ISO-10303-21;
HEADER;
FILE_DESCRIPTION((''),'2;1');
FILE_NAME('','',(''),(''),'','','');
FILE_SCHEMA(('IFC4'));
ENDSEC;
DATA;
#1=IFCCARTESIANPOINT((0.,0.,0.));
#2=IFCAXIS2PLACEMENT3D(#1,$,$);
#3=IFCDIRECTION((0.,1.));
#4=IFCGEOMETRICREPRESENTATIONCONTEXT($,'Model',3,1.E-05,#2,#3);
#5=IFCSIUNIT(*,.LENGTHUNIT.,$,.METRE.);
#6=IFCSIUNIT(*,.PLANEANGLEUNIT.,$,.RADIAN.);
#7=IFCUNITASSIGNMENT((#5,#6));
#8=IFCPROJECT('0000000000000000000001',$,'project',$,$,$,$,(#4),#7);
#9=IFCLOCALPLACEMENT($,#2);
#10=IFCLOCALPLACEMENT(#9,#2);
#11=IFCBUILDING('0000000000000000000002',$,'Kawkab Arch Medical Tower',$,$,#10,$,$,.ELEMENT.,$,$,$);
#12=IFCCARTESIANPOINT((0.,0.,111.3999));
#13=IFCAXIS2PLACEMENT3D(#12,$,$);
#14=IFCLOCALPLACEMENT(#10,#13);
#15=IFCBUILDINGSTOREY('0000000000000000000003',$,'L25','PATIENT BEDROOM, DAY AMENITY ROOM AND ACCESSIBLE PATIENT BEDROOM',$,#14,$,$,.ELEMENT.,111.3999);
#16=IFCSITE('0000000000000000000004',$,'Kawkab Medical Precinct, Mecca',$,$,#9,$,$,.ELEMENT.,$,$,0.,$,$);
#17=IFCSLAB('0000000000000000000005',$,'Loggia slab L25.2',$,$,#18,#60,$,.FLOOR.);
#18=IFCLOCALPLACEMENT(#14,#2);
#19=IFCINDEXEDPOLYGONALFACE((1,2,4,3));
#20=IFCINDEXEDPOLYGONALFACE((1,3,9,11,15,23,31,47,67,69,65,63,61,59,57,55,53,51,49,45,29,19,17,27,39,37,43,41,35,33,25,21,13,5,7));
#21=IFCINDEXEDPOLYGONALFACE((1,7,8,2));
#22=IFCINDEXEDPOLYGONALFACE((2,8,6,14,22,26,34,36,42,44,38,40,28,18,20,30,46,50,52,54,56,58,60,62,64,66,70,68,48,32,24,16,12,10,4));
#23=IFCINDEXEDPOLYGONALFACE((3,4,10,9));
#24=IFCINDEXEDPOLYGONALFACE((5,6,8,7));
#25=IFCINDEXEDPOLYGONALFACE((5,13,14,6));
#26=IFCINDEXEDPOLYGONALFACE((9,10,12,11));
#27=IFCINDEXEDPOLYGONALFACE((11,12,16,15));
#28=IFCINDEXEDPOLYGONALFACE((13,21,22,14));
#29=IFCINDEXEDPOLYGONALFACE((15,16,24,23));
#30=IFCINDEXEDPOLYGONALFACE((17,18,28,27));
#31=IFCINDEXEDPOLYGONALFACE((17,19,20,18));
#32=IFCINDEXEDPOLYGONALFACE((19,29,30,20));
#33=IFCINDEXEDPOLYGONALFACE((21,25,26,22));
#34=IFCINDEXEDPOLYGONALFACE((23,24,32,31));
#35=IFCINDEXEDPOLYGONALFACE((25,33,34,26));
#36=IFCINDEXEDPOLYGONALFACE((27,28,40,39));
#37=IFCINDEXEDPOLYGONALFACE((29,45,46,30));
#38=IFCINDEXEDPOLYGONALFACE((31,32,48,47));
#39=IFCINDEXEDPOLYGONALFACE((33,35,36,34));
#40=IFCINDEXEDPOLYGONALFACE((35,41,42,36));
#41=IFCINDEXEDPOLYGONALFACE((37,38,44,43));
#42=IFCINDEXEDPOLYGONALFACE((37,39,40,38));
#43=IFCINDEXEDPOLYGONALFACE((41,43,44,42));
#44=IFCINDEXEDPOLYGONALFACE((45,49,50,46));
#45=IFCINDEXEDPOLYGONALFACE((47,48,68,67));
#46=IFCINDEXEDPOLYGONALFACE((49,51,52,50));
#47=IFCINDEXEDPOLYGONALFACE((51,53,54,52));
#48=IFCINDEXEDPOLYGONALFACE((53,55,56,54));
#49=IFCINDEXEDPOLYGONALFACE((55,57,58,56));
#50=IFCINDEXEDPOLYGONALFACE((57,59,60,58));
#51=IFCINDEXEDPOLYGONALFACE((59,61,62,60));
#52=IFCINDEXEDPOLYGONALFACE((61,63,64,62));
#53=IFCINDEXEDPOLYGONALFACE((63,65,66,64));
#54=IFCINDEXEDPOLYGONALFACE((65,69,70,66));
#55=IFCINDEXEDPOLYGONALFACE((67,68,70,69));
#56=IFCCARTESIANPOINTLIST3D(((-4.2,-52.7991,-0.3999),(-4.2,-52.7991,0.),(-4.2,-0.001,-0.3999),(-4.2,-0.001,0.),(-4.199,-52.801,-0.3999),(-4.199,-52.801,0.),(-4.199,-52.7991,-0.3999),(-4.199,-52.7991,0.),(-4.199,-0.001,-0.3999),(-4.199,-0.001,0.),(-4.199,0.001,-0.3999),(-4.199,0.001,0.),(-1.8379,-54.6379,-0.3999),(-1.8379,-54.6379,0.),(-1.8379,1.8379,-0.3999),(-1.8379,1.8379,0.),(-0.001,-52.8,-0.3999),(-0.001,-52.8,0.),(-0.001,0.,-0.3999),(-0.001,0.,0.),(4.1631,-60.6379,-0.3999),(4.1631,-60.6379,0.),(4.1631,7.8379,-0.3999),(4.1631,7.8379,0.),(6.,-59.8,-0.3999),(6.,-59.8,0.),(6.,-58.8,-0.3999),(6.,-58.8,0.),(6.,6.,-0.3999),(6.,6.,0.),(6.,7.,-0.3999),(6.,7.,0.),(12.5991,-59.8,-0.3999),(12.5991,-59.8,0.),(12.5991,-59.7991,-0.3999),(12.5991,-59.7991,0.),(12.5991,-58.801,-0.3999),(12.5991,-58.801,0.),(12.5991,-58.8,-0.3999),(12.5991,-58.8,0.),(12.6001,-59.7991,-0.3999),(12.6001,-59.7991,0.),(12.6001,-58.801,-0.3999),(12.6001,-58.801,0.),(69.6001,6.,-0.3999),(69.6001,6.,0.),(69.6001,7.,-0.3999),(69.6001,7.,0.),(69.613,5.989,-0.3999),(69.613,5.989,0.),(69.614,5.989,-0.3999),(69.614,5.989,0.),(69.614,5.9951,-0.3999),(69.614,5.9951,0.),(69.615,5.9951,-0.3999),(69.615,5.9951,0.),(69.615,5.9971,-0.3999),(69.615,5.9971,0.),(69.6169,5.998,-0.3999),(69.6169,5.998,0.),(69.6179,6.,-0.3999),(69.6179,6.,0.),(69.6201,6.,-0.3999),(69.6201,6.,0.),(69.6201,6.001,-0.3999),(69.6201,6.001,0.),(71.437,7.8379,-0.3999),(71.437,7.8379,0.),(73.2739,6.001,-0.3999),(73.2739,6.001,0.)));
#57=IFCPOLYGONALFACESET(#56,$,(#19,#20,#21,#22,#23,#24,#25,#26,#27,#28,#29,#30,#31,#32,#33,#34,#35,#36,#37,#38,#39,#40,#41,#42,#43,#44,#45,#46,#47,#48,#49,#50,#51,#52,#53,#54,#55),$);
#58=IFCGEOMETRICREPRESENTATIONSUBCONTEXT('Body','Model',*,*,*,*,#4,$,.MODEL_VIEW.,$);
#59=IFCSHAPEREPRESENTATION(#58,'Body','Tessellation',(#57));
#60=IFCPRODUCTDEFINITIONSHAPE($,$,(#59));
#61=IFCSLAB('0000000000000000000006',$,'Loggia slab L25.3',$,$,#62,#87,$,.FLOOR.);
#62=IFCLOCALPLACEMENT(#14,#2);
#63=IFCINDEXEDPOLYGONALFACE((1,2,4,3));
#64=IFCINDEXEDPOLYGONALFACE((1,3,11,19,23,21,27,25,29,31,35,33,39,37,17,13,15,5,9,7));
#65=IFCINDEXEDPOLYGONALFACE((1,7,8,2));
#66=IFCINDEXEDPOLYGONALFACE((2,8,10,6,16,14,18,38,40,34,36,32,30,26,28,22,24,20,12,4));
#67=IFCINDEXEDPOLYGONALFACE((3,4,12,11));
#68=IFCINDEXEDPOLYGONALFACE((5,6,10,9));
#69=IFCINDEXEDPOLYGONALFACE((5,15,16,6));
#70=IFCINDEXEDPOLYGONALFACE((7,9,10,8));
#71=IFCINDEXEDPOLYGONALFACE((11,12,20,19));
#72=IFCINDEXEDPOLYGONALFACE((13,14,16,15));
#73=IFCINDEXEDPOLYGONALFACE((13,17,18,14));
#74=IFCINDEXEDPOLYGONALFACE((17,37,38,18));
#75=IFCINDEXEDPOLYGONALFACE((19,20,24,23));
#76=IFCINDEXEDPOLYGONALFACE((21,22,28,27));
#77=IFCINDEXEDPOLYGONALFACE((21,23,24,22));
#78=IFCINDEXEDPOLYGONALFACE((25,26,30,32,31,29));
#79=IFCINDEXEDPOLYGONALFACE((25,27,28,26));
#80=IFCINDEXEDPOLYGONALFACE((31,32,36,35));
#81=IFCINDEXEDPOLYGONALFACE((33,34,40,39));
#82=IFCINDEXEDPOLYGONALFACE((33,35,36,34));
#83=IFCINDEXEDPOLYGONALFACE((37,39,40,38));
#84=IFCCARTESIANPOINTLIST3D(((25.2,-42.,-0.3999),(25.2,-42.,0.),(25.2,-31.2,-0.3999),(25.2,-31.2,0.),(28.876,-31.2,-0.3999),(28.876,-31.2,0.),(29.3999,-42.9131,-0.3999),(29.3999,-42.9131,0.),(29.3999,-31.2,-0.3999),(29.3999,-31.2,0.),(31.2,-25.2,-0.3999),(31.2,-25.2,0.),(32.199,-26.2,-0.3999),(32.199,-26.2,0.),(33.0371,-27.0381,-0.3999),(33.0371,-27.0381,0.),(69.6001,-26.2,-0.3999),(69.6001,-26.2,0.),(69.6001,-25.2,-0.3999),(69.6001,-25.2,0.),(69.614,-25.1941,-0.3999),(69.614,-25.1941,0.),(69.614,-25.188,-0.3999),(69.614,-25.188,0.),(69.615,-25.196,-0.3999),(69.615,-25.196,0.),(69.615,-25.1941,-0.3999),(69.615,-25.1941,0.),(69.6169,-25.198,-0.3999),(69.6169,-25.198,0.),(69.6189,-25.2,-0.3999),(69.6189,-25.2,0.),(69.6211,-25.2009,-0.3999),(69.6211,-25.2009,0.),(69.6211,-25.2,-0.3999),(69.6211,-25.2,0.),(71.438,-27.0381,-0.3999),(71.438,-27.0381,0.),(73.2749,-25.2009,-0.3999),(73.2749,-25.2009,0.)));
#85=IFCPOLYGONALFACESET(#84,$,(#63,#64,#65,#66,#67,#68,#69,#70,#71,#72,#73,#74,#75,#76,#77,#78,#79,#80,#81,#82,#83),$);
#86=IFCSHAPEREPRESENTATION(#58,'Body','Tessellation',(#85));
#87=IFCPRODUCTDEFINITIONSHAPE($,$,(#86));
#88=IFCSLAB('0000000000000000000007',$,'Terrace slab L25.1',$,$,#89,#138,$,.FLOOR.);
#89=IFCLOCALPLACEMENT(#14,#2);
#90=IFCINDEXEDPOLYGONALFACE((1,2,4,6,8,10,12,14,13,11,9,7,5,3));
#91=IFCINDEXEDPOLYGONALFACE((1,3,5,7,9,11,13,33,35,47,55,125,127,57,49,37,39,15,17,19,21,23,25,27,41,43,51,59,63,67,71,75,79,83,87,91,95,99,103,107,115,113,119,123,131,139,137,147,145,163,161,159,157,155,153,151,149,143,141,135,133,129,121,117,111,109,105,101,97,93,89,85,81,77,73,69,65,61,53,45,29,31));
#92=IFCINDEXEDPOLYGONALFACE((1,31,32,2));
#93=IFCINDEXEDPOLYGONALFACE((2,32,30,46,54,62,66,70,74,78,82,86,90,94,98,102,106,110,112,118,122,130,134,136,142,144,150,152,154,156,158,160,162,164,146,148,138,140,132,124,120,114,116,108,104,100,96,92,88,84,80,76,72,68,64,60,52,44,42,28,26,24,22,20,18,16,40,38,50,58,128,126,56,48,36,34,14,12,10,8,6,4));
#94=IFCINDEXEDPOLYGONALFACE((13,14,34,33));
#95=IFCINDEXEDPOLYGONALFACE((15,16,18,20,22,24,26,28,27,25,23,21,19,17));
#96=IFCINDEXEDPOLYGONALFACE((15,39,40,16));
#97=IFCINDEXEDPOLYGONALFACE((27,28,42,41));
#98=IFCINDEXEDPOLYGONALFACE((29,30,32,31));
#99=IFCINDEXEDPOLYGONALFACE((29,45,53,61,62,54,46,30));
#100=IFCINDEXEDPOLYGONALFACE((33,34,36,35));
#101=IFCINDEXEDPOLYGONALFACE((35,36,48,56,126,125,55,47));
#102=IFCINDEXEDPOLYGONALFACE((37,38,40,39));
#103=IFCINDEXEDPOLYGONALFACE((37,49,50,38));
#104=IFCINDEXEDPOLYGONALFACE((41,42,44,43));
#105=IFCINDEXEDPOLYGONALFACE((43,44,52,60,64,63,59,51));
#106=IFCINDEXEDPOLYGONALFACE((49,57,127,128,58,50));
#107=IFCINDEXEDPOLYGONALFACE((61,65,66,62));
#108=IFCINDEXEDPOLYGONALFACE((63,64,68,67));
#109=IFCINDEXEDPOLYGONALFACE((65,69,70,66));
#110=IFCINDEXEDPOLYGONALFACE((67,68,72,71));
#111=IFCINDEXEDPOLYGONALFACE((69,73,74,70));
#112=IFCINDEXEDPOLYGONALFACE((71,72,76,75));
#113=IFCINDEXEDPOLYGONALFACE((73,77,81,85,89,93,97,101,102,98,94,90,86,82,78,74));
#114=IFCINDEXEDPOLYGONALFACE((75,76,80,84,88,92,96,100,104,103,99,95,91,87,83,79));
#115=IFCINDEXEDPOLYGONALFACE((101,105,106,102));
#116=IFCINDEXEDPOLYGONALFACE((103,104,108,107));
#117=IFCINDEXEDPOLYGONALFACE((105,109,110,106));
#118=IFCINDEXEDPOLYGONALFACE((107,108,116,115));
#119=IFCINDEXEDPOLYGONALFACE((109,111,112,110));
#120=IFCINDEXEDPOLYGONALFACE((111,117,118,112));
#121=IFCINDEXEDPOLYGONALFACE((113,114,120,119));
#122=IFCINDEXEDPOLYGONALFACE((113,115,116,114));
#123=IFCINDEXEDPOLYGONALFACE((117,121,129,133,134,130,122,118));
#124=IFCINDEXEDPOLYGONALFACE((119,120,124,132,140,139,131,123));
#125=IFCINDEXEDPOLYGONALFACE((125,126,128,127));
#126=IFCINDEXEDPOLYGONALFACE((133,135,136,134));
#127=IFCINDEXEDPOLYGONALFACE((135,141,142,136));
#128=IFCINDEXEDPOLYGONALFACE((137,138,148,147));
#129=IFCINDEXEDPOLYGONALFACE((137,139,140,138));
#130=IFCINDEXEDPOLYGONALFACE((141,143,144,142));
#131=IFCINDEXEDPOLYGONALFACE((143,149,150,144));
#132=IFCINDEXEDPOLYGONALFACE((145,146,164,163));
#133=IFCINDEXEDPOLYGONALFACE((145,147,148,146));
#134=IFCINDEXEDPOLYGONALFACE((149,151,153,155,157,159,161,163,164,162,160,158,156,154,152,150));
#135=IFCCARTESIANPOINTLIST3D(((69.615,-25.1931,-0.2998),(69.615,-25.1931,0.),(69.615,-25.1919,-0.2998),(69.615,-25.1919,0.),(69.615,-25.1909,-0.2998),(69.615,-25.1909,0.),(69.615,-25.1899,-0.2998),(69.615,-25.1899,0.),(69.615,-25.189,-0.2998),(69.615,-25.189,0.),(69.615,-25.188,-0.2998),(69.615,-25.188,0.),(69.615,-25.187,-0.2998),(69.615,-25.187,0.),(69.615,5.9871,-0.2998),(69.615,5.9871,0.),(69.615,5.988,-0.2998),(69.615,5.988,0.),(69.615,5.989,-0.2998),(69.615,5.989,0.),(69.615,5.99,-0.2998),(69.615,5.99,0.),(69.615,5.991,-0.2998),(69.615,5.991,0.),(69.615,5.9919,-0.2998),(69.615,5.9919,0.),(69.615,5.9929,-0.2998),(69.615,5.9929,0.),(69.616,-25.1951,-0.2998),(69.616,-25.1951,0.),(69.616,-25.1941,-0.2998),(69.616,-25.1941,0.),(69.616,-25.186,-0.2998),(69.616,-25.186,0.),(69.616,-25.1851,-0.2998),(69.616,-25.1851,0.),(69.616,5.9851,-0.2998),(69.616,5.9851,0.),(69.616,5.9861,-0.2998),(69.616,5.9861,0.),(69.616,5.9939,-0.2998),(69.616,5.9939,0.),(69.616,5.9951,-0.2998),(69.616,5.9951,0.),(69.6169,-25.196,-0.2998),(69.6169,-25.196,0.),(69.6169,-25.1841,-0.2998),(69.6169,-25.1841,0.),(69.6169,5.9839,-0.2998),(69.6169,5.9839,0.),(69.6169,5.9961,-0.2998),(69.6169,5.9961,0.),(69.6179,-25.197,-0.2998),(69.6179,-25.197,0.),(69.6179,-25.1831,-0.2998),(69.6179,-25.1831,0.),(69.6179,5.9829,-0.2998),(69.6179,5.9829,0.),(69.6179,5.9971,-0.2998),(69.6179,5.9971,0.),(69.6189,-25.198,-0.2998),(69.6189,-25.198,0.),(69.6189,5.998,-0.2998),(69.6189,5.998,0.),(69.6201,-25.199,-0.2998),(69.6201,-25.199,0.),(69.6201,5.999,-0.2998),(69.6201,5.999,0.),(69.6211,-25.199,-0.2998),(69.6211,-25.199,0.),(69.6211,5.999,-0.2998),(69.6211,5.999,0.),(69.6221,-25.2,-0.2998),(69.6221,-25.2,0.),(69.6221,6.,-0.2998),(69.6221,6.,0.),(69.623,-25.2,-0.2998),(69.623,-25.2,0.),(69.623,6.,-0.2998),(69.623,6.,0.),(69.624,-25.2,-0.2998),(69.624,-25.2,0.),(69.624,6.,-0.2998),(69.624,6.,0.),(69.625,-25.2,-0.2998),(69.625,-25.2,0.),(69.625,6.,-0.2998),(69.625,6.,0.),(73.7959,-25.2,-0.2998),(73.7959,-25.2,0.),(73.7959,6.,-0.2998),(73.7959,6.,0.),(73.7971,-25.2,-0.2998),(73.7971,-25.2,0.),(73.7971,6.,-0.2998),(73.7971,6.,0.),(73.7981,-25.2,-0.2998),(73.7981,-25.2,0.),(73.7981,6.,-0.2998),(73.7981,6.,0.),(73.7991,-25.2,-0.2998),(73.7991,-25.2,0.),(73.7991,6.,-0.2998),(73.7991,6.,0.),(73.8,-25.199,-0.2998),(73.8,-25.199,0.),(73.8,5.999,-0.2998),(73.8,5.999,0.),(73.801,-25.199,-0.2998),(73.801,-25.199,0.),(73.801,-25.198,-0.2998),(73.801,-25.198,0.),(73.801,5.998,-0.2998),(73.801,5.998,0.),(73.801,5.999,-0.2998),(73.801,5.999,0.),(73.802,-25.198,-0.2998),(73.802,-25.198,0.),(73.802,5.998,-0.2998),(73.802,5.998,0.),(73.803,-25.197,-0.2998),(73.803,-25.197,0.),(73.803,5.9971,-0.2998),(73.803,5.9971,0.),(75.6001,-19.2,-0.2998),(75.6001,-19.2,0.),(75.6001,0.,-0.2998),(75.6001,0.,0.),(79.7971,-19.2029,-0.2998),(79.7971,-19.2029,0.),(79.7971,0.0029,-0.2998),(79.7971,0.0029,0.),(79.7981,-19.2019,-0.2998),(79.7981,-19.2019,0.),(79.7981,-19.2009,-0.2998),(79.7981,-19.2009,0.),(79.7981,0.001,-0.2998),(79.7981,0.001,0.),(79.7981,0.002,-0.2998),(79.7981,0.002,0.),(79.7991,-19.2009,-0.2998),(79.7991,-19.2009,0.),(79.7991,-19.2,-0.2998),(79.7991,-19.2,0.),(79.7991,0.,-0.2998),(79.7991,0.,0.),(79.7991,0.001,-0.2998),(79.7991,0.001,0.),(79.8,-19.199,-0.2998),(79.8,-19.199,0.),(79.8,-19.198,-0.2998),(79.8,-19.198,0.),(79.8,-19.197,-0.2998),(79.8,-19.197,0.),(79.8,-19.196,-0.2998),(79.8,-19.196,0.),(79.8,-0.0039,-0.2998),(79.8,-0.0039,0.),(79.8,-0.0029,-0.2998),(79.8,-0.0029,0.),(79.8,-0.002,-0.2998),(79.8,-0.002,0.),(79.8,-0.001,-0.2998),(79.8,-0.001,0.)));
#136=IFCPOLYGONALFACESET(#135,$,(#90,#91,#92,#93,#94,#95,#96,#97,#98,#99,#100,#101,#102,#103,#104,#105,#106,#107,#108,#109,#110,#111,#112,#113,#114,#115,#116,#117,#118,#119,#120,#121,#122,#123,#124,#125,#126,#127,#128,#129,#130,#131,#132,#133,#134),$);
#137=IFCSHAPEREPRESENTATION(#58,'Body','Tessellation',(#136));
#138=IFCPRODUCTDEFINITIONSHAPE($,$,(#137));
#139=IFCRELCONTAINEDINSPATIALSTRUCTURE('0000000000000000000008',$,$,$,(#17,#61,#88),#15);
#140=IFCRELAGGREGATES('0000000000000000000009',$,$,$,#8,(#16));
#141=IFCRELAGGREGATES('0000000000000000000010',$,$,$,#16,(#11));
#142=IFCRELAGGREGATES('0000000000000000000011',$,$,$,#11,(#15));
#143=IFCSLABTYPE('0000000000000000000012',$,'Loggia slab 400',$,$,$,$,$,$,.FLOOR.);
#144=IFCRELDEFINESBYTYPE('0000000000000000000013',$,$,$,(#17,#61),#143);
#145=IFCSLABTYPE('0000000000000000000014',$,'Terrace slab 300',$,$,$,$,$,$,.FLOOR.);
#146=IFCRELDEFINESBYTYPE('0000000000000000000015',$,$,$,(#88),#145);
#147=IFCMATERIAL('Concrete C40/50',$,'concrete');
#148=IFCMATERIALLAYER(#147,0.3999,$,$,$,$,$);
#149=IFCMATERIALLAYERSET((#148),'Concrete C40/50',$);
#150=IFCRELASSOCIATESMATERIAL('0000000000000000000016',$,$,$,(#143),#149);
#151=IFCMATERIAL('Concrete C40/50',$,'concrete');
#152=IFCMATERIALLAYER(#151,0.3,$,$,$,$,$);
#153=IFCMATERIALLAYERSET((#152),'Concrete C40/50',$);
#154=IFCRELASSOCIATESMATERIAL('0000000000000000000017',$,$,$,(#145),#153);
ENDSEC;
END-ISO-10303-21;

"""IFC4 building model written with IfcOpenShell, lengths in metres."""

from ifc_helpers import new_model, si_unit, direction, frame, origin, place, context, subcontext, project, spatial, polyline, outline, extrude, material, layer, layer_set, type_object, element, save


model = new_model("IFC4")

# Units and contexts
model_context = context("Model", 3, precision=1e-05, world=origin(), true_north=direction((0.0, 1.0)))
body_context = subcontext(model_context, "Body", "Model", "MODEL_VIEW")
ifc_project = project(units=[si_unit("LENGTHUNIT", "METRE"), si_unit("PLANEANGLEUNIT", "RADIAN")], contexts=[model_context])

# Site, building, storey
site_placement = place(None, origin())
site = spatial("IfcSite", under=ifc_project, at=site_placement, Name="Kawkab Medical Precinct, Mecca", CompositionType="ELEMENT", RefElevation=0.0)
building_placement = place(site_placement, origin())
building = spatial("IfcBuilding", under=site, at=building_placement, Name="Kawkab Arch Medical Tower", CompositionType="ELEMENT")
storey_placement = place(building_placement, frame((0.0, 0.0, 111.3999)))
storey = spatial("IfcBuildingStorey", under=building, at=storey_placement, Name="L25", Description="PATIENT BEDROOM, DAY AMENITY ROOM AND ACCESSIBLE PATIENT BEDROOM", CompositionType="ELEMENT", Elevation=111.3999)

# Slabs
ifc_material_1 = material(Name="Concrete C40/50", Category="concrete")
ifc_layer_1 = layer(ifc_material_1, 0.3999)
ifc_layer_set_1 = layer_set([ifc_layer_1], Name="Concrete C40/50")
slab_type_1 = type_object("IfcSlabType", Name="Loggia slab 400", PredefinedType="FLOOR", material=ifc_layer_set_1)
placement_1 = place(storey_placement, frame((0.0, 0.0, -0.3999)))
element("IfcSlab", 1, at=placement_1, inside=storey, type_object=slab_type_1, Name="Loggia slab L25.2", PredefinedType="FLOOR", context=body_context, shape_type="SweptSolid", body=[
    extrude(outline(polyline([(-4.2, -52.7991), (-4.2, -0.001), (-4.199, -0.001), (-4.199, 0.001), (-1.8379, 1.8379), (4.1631, 7.8379), (6.0, 7.0), (69.6001, 7.0), (71.437, 7.8379), (73.2739, 6.001), (69.6201, 6.001), (69.6201, 6.0), (69.6179, 6.0), (69.6169, 5.998), (69.615, 5.9971), (69.615, 5.9951), (69.614, 5.9951), (69.614, 5.989), (69.613, 5.989), (69.6001, 6.0), (6.0, 6.0), (-0.001, 0.0), (-0.001, -52.8), (6.0, -58.8), (12.5991, -58.8), (12.5991, -58.801), (12.6001, -58.801), (12.6001, -59.7991), (12.5991, -59.7991), (12.5991, -59.8), (6.0, -59.8), (4.1631, -60.6379), (-1.8379, -54.6379), (-4.199, -52.801), (-4.199, -52.7991), (-4.2, -52.7991)])), origin(), (0.0, 0.0, 1.0), 0.3999),
])
element("IfcSlab", 2, at=placement_1, inside=storey, type_object=slab_type_1, Name="Loggia slab L25.3", PredefinedType="FLOOR", context=body_context, shape_type="SweptSolid", body=[
    extrude(outline(polyline([(25.2, -31.2), (31.2, -25.2), (69.6001, -25.2), (69.614, -25.188), (69.614, -25.1941), (69.615, -25.1941), (69.615, -25.196), (69.6169, -25.198), (69.6189, -25.2), (69.6211, -25.2), (69.6211, -25.2009), (73.2749, -25.2009), (71.438, -27.0381), (69.6001, -26.2), (32.199, -26.2), (33.0371, -27.0381), (28.876, -31.2), (29.3999, -31.2), (29.3999, -42.9131), (25.2, -42.0), (25.2, -31.2)])), origin(), (0.0, 0.0, 1.0), 0.3999),
])
ifc_material_2 = material(Name="Concrete C40/50", Category="concrete")
ifc_layer_2 = layer(ifc_material_2, 0.3)
ifc_layer_set_2 = layer_set([ifc_layer_2], Name="Concrete C40/50")
slab_type_2 = type_object("IfcSlabType", Name="Terrace slab 300", PredefinedType="FLOOR", material=ifc_layer_set_2)
slab_1_placement = place(storey_placement, frame((0.0, 0.0, -0.2998)))
element("IfcSlab", 3, at=slab_1_placement, inside=storey, type_object=slab_type_2, Name="Terrace slab L25.1", PredefinedType="FLOOR", context=body_context, shape_type="SweptSolid", body=[
    extrude(outline(polyline([(73.7959, 6.0), (69.625, 6.0), (69.624, 6.0), (69.623, 6.0), (69.6221, 6.0), (69.6211, 5.999), (69.6201, 5.999), (69.6189, 5.998), (69.6179, 5.9971), (69.6169, 5.9961), (69.616, 5.9951), (69.616, 5.9939), (69.615, 5.9929), (69.615, 5.9919), (69.615, 5.991), (69.615, 5.99), (69.615, 5.989), (69.615, 5.988), (69.615, 5.9871), (69.616, 5.9861), (69.616, 5.9851), (69.6169, 5.9839), (69.6179, 5.9829), (75.6001, 0.0), (75.6001, -19.2), (69.6179, -25.1831), (69.6169, -25.1841), (69.616, -25.1851), (69.616, -25.186), (69.615, -25.187), (69.615, -25.188), (69.615, -25.189), (69.615, -25.1899), (69.615, -25.1909), (69.615, -25.1919), (69.615, -25.1931), (69.616, -25.1941), (69.616, -25.1951), (69.6169, -25.196), (69.6179, -25.197), (69.6189, -25.198), (69.6201, -25.199), (69.6211, -25.199), (69.6221, -25.2), (69.623, -25.2), (69.624, -25.2), (69.625, -25.2), (73.7959, -25.2), (73.7971, -25.2), (73.7981, -25.2), (73.7991, -25.2), (73.8, -25.199), (73.801, -25.199), (73.801, -25.198), (73.802, -25.198), (73.803, -25.197), (79.7971, -19.2029), (79.7981, -19.2019), (79.7981, -19.2009), (79.7991, -19.2009), (79.7991, -19.2), (79.8, -19.199), (79.8, -19.198), (79.8, -19.197), (79.8, -19.196), (79.8, -0.0039), (79.8, -0.0029), (79.8, -0.002), (79.8, -0.001), (79.7991, 0.0), (79.7991, 0.001), (79.7981, 0.001), (79.7981, 0.002), (79.7971, 0.0029), (73.803, 5.9971), (73.802, 5.998), (73.801, 5.998), (73.801, 5.999), (73.8, 5.999), (73.7991, 6.0), (73.7981, 6.0), (73.7971, 6.0), (73.7959, 6.0)])), origin(), (0.0, 0.0, 1.0), 0.2998),
])

save(model, "model.ifc")
